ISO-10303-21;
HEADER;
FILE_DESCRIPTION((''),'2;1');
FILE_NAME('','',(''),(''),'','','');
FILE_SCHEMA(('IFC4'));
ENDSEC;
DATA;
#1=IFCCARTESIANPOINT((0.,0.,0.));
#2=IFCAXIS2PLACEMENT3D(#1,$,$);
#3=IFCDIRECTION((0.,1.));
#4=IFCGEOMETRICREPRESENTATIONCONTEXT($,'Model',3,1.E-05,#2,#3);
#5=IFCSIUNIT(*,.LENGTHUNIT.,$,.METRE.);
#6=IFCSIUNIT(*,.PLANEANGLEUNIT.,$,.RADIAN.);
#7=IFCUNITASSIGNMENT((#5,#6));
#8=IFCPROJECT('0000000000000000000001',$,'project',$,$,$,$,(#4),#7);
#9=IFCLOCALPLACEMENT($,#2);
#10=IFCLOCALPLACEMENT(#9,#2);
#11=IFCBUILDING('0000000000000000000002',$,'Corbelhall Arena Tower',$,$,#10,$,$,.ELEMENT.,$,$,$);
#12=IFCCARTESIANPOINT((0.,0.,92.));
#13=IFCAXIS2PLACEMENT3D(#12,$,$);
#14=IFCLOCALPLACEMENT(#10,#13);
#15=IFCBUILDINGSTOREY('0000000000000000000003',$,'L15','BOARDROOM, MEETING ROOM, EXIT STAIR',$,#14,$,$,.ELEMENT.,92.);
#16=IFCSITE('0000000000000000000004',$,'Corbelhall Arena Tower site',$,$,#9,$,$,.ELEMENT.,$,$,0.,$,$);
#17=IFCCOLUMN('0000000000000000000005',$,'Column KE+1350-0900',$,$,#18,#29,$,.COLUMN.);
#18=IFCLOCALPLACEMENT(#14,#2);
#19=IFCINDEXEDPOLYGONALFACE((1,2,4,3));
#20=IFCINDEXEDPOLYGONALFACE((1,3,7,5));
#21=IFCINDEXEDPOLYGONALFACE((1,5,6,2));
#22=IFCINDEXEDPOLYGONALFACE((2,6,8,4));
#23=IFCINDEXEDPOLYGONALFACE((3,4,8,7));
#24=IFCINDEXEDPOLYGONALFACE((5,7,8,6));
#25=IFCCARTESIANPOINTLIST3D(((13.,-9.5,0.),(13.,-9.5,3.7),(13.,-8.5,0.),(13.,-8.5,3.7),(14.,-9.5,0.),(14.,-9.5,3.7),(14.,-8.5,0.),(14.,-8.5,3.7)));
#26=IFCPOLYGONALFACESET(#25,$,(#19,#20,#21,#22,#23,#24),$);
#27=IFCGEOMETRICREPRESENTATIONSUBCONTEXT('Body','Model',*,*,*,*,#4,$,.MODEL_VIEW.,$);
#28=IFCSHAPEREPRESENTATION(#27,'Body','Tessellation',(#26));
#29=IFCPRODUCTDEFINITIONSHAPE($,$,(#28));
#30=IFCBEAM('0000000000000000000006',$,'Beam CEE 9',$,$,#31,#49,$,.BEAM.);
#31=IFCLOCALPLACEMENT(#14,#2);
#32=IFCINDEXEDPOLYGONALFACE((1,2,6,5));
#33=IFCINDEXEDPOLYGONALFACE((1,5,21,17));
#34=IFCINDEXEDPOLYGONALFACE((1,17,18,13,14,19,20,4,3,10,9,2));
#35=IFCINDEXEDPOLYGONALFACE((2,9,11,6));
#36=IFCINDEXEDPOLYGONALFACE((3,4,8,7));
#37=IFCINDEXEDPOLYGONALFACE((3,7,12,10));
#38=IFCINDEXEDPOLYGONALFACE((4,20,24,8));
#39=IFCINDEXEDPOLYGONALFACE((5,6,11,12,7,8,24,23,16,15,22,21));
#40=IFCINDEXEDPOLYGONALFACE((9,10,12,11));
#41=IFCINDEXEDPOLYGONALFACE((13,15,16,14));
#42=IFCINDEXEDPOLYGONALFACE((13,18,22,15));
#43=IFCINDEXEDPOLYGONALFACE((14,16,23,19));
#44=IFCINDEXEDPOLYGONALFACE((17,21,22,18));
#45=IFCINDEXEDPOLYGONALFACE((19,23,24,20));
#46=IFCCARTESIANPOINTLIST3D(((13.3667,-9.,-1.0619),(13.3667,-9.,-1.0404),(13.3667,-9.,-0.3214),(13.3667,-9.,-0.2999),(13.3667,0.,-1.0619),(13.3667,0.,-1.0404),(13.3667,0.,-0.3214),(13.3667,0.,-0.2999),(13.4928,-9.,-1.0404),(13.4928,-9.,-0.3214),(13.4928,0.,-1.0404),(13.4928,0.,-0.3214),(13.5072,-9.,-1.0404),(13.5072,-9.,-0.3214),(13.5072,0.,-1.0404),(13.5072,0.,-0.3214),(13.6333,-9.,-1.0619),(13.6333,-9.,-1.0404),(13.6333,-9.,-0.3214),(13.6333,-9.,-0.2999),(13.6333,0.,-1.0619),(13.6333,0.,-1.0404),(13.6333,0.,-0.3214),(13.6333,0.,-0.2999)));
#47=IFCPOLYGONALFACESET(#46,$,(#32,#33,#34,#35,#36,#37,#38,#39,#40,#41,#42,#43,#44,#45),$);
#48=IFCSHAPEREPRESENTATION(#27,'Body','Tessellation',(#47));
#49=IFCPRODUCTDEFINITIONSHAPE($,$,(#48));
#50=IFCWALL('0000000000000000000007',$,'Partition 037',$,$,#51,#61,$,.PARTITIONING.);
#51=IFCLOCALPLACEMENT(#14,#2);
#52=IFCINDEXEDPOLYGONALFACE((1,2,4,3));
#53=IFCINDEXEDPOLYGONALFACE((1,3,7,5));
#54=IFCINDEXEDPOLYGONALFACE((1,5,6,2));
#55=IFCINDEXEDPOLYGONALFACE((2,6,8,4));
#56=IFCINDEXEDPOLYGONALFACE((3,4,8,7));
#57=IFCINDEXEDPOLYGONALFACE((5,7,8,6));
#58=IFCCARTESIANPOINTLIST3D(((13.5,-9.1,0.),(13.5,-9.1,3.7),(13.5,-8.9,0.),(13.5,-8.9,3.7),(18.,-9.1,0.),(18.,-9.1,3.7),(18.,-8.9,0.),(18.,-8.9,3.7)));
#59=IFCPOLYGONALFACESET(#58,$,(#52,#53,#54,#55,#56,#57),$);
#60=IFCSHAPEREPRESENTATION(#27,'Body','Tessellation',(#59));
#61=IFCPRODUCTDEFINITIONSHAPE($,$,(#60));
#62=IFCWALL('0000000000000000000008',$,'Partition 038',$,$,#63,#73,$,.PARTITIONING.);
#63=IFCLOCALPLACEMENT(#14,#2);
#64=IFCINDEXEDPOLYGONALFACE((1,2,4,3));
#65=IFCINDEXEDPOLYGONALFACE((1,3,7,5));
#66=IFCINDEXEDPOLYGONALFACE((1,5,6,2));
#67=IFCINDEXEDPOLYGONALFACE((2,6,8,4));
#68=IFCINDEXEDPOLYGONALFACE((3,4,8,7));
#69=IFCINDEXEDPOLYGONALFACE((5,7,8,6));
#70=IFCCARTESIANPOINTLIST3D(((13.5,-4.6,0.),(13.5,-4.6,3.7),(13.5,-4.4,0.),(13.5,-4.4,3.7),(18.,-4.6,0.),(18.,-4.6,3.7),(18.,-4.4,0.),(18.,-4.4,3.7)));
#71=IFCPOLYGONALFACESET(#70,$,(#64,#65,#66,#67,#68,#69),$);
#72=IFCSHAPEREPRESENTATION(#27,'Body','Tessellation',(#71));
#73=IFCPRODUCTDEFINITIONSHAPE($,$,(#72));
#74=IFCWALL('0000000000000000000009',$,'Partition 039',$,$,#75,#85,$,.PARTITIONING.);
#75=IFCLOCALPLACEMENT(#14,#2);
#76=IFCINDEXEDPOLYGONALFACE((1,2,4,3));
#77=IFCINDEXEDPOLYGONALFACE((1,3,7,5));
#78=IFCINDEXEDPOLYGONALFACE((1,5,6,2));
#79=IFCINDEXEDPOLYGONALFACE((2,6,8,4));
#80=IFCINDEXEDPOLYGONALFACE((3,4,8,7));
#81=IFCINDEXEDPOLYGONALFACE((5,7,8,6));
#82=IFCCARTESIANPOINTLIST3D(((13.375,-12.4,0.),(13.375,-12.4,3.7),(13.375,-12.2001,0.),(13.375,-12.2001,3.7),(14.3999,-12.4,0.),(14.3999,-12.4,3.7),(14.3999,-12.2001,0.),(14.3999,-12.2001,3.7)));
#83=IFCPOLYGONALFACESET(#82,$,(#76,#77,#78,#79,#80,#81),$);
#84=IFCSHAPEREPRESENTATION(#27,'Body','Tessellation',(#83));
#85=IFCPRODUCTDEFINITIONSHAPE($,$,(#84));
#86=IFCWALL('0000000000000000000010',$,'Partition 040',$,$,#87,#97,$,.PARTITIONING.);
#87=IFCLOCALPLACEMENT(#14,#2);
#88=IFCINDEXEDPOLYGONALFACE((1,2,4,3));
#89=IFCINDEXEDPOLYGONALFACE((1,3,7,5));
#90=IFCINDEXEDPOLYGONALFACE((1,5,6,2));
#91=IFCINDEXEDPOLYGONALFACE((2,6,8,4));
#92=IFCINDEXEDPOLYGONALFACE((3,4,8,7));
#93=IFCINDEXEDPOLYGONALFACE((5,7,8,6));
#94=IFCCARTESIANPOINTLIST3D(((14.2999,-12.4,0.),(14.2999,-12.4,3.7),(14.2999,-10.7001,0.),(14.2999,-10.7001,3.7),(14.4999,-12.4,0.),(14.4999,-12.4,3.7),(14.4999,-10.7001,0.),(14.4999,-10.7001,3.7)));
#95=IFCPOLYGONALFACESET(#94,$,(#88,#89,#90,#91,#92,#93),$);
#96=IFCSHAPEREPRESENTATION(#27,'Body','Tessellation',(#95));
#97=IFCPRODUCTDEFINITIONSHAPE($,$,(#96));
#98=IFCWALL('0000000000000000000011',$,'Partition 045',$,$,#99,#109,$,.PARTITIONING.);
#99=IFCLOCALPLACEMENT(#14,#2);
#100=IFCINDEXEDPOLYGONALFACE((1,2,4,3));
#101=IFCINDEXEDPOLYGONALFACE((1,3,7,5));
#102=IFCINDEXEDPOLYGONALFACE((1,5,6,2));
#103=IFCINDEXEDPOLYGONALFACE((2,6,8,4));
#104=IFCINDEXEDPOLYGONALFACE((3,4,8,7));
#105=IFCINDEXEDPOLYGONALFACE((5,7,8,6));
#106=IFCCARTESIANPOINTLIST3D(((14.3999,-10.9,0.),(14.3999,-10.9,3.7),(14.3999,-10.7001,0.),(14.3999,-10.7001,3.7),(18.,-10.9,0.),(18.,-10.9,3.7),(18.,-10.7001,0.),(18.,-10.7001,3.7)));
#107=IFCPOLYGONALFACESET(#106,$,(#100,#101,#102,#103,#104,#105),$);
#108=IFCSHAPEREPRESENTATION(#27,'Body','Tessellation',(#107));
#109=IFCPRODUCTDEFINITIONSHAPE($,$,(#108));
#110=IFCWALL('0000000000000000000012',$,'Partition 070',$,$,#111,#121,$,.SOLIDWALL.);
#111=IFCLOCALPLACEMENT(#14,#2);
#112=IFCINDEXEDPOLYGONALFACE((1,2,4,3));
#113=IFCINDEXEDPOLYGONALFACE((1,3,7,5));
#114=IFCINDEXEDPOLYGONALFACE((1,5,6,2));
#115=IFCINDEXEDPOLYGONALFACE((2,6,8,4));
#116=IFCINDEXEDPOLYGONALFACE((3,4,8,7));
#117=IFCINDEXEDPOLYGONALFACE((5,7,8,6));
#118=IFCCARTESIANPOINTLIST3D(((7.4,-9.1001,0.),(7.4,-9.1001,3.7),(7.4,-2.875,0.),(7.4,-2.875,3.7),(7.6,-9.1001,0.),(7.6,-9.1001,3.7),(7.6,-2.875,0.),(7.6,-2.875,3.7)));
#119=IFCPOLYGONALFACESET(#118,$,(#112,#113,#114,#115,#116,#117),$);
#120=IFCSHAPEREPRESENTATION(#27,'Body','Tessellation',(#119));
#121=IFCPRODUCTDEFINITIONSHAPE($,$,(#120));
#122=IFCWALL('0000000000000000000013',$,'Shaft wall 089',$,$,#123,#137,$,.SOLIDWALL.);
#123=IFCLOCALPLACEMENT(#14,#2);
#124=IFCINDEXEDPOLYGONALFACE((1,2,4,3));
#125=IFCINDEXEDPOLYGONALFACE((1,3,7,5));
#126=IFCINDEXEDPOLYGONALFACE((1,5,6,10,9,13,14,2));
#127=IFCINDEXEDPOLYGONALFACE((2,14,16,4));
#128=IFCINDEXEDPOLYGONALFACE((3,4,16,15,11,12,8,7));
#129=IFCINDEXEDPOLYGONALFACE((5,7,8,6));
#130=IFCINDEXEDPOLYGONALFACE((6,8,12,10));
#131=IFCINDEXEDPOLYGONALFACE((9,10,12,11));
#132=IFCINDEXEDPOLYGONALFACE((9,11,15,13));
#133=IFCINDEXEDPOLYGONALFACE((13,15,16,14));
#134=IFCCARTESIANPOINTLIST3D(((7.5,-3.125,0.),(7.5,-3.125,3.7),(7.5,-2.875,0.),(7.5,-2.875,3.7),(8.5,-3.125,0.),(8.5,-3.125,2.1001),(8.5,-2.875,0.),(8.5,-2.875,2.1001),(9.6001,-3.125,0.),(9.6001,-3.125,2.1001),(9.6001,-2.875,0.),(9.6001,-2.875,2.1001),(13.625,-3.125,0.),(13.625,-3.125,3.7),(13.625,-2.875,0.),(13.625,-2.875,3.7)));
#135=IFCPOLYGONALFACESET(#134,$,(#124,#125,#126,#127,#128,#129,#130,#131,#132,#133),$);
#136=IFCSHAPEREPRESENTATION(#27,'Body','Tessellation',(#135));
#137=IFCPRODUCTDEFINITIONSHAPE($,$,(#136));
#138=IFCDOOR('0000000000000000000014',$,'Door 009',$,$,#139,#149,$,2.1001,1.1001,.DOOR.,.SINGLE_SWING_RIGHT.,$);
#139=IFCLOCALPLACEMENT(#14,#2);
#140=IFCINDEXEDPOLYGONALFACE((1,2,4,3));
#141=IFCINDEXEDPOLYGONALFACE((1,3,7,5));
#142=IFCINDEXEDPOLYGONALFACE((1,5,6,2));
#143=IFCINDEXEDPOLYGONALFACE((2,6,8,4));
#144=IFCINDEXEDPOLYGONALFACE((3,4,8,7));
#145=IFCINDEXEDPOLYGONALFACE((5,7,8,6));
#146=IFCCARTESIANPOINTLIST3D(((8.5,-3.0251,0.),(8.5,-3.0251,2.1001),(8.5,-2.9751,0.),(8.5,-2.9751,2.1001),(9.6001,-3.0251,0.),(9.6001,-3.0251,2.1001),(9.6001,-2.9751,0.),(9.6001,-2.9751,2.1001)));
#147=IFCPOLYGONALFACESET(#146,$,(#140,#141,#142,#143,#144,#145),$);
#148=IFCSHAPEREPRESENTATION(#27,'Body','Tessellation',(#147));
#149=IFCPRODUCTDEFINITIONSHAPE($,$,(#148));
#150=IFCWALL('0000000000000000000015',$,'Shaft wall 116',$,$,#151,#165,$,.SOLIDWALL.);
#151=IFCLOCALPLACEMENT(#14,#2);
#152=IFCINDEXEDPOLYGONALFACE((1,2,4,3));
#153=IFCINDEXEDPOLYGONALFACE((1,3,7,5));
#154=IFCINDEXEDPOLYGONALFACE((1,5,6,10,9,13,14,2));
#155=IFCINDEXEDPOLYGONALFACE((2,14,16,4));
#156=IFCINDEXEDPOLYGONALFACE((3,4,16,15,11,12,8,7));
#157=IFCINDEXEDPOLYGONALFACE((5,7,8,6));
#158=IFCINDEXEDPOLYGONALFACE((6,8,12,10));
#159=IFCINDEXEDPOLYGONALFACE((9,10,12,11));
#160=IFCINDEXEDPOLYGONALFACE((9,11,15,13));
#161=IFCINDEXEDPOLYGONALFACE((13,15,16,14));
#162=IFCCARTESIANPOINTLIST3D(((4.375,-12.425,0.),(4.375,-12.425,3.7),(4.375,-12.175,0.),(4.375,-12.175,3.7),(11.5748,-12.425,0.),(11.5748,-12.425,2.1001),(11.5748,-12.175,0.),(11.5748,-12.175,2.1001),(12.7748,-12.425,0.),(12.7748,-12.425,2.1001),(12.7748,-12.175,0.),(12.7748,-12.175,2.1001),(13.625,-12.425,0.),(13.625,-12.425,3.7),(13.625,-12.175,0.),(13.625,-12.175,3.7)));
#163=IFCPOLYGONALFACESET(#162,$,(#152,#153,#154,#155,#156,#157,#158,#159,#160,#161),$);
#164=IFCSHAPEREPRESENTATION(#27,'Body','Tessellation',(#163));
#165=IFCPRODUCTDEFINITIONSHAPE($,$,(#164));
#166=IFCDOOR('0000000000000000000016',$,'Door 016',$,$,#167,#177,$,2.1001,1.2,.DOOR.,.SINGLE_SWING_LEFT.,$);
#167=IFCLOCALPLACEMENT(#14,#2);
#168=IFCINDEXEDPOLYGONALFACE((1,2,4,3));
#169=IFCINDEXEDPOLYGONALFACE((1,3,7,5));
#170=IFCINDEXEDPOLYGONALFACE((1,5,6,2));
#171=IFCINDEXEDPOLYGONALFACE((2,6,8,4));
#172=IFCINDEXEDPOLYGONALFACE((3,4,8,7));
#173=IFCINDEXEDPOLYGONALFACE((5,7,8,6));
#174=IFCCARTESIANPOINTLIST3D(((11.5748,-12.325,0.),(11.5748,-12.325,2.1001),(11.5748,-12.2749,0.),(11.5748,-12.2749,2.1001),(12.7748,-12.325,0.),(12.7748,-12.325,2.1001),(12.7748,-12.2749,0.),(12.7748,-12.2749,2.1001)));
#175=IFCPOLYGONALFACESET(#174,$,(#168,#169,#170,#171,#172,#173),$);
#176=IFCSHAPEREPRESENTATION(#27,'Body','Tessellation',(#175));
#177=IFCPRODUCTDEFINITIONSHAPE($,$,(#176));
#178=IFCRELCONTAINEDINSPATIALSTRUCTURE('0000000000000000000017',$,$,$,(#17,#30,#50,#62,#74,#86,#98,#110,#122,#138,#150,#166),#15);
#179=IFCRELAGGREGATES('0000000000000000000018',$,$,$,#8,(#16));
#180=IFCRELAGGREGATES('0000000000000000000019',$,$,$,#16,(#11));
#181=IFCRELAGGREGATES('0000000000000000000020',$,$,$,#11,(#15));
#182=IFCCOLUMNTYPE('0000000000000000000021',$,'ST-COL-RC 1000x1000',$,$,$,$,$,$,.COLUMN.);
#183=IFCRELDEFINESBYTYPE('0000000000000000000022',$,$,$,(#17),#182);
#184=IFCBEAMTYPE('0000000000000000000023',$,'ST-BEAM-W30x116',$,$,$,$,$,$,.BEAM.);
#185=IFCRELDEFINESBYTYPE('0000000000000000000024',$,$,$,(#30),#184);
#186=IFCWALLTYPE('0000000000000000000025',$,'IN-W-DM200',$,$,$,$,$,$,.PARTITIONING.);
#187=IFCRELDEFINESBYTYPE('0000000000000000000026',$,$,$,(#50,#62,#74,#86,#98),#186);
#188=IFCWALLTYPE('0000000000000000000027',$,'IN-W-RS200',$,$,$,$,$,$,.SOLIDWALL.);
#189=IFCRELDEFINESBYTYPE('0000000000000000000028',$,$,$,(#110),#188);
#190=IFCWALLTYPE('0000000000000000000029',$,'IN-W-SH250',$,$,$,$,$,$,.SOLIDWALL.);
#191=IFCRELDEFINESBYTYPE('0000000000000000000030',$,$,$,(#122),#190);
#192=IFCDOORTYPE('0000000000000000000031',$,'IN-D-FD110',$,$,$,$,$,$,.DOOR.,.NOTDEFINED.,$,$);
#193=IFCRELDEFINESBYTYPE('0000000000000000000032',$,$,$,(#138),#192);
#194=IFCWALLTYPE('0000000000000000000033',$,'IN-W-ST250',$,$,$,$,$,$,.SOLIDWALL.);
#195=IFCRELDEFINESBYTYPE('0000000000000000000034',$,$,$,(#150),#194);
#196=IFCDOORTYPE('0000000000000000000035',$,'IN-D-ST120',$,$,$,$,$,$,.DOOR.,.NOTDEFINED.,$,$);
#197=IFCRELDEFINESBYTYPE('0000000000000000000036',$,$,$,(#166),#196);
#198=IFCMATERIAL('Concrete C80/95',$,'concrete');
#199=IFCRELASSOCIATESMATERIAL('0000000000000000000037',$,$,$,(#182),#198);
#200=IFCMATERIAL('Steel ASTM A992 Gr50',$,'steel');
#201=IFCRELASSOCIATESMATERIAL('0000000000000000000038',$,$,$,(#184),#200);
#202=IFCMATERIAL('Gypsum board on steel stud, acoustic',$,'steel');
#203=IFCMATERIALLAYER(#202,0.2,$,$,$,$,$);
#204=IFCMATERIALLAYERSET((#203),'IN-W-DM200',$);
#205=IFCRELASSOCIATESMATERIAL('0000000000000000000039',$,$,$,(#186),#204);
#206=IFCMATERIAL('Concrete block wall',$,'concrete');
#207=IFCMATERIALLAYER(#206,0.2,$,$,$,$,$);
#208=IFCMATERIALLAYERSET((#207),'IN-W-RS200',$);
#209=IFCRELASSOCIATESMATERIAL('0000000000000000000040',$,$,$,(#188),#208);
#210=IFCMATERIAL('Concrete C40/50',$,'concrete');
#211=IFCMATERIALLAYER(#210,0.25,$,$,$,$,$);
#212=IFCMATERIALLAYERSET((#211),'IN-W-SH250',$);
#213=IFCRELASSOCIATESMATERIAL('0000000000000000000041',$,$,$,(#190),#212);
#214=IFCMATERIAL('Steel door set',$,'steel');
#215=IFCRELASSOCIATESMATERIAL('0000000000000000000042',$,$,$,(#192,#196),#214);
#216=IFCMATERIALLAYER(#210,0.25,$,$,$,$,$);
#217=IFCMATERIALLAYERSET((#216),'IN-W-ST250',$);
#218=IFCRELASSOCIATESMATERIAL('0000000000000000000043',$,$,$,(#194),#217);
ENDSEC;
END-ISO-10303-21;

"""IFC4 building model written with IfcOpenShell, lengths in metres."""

from ifc_helpers import new_model, si_unit, direction, frame, frame_2d, origin, origin_2d, place, context, subcontext, project, spatial, rectangle, i_section, extrude, material, layer, layer_set, material_profile, profile_set, type_object, element, fill, save


model = new_model("IFC4")

# Units and contexts
model_context = context("Model", 3, precision=1e-05, world=origin(), true_north=direction((0.0, 1.0)))
body_context = subcontext(model_context, "Body", "Model", "MODEL_VIEW")
ifc_project = project(units=[si_unit("LENGTHUNIT", "METRE"), si_unit("PLANEANGLEUNIT", "RADIAN")], contexts=[model_context])

# Site, building, storey
site_placement = place(None, origin())
site = spatial("IfcSite", under=ifc_project, at=site_placement, Name="Corbelhall Arena Tower site", CompositionType="ELEMENT", RefElevation=0.0)
building_placement = place(site_placement, origin())
building = spatial("IfcBuilding", under=site, at=building_placement, Name="Corbelhall Arena Tower", CompositionType="ELEMENT")
storey_placement = place(building_placement, frame((0.0, 0.0, 92.0)))
storey = spatial("IfcBuildingStorey", under=building, at=storey_placement, Name="L15", Description="BOARDROOM, MEETING ROOM, EXIT STAIR", CompositionType="ELEMENT", Elevation=92.0)

# Column
ifc_material_1 = material(Name="Concrete C80/95", Category="concrete")
ifc_material_profile_1 = material_profile(ifc_material_1, rectangle(XDim=1.0, YDim=1.0, at=origin_2d()))
ifc_profile_set_1 = profile_set([ifc_material_profile_1], Name="Concrete C80/95")
column_type = type_object("IfcColumnType", Name="ST-COL-RC 1000x1000", PredefinedType="COLUMN", material=ifc_profile_set_1)
column_placement = place(storey_placement, frame((13.5, -9.0, 0.0), z_axis=(0.0, 0.0, 1.0), x_axis=(1.0, 0.0, 0.0)))
element("IfcColumn", 1, at=column_placement, inside=storey, type_object=column_type, Name="Column KE+1350-0900", PredefinedType="COLUMN", context=body_context, shape_type="SweptSolid", body=[
    extrude(rectangle(XDim=1.0, YDim=1.0, at=origin_2d()), origin(), (0.0, 0.0, 1.0), 3.7),
])

# Beam
ifc_material_2 = material(Name="Steel ASTM A992 Gr50", Category="steel")
ifc_material_profile_2 = material_profile(ifc_material_2, i_section(OverallWidth=0.2666, OverallDepth=0.762, WebThickness=0.0144, FlangeThickness=0.0215, at=origin_2d()))
ifc_profile_set_2 = profile_set([ifc_material_profile_2], Name="Steel ASTM A992 Gr50")
beam_type = type_object("IfcBeamType", Name="ST-BEAM-W30x116", PredefinedType="BEAM", material=ifc_profile_set_2)
beam_placement = place(storey_placement, frame((13.5, -9.0, -0.6809), z_axis=(0.0, 1.0, 0.0), x_axis=(-1.0, 0.0, 0.0)))
element("IfcBeam", 2, at=beam_placement, inside=storey, type_object=beam_type, Name="Beam CEE 9", PredefinedType="BEAM", context=body_context, shape_type="SweptSolid", body=[
    extrude(i_section(OverallWidth=0.2666, OverallDepth=0.762, WebThickness=0.0144, FlangeThickness=0.0215, at=origin_2d()), origin(), (0.0, 0.0, 1.0), 9.0),
])

# Walls
ifc_material_3 = material(Name="Gypsum board on steel stud, acoustic", Category="steel")
ifc_layer_1 = layer(ifc_material_3, 0.2)
ifc_layer_set_1 = layer_set([ifc_layer_1], Name="IN-W-DM200")
wall_type_1 = type_object("IfcWallType", Name="IN-W-DM200", PredefinedType="PARTITIONING", material=ifc_layer_set_1)
for number, where, z_axis, x_axis, name in (
    (3, (13.5, -9.0, 0.0), (0.0, 0.0, 1.0), (1.0, 0.0, 0.0), "Partition 037"),
    (4, (13.5, -4.5, 0.0), (0.0, 0.0, 1.0), (1.0, 0.0, 0.0), "Partition 038"),
):
    element("IfcWall", number, at=place(storey_placement, frame(where, z_axis=z_axis, x_axis=x_axis)), inside=storey, type_object=wall_type_1, Name=name, PredefinedType="PARTITIONING", context=body_context, shape_type="SweptSolid", body=[
        extrude(rectangle(XDim=4.5, YDim=0.2, at=frame_2d((2.25, 0.0))), origin(), (0.0, 0.0, 1.0), 3.7),
    ])
wall_1_placement = place(storey_placement, frame((14.3999, -12.3, 0.0), z_axis=(0.0, 0.0, 1.0), x_axis=(-1.0, 0.0, 0.0)))
element("IfcWall", 5, at=wall_1_placement, inside=storey, type_object=wall_type_1, Name="Partition 039", PredefinedType="PARTITIONING", context=body_context, shape_type="SweptSolid", body=[
    extrude(rectangle(XDim=1.0249, YDim=0.2, at=frame_2d((0.5125, 0.0))), origin(), (0.0, 0.0, 1.0), 3.7),
])
wall_2_placement = place(storey_placement, frame((14.3999, -10.7, 0.0), z_axis=(0.0, 0.0, 1.0), x_axis=(0.0, -1.0, 0.0)))
element("IfcWall", 6, at=wall_2_placement, inside=storey, type_object=wall_type_1, Name="Partition 040", PredefinedType="PARTITIONING", context=body_context, shape_type="SweptSolid", body=[
    extrude(rectangle(XDim=1.7, YDim=0.2, at=frame_2d((0.8501, 0.0))), origin(), (0.0, 0.0, 1.0), 3.7),
])
wall_3_placement = place(storey_placement, frame((18.0, -10.8, 0.0), z_axis=(0.0, 0.0, 1.0), x_axis=(-1.0, 0.0, 0.0)))
element("IfcWall", 7, at=wall_3_placement, inside=storey, type_object=wall_type_1, Name="Partition 045", PredefinedType="PARTITIONING", context=body_context, shape_type="SweptSolid", body=[
    extrude(rectangle(XDim=3.6001, YDim=0.2, at=frame_2d((1.8, 0.0))), origin(), (0.0, 0.0, 1.0), 3.7),
])

# Shared definitions
ifc_material_4 = material(Name="Steel door set", Category="steel")

# Wall
ifc_material_5 = material(Name="Concrete block wall", Category="concrete")
ifc_layer_2 = layer(ifc_material_5, 0.2)
ifc_layer_set_2 = layer_set([ifc_layer_2], Name="IN-W-RS200")
wall_type_2 = type_object("IfcWallType", Name="IN-W-RS200", PredefinedType="SOLIDWALL", material=ifc_layer_set_2)
wall_4_placement = place(storey_placement, frame((7.5, -2.875, 0.0), z_axis=(0.0, 0.0, 1.0), x_axis=(0.0, -1.0, 0.0)))
element("IfcWall", 8, at=wall_4_placement, inside=storey, type_object=wall_type_2, Name="Partition 070", PredefinedType="SOLIDWALL", context=body_context, shape_type="SweptSolid", body=[
    extrude(rectangle(XDim=6.2251, YDim=0.2, at=frame_2d((3.1125, 0.0))), origin(), (0.0, 0.0, 1.0), 3.7),
])

# Walls, openings, doors
ifc_material_6 = material(Name="Concrete C40/50", Category="concrete")
ifc_layer_3 = layer(ifc_material_6, 0.25)
ifc_layer_set_3 = layer_set([ifc_layer_3], Name="IN-W-SH250")
wall_type_3 = type_object("IfcWallType", Name="IN-W-SH250", PredefinedType="SOLIDWALL", material=ifc_layer_set_3)
wall_5_placement = place(storey_placement, frame((7.5, -3.0, 0.0), z_axis=(0.0, 0.0, 1.0), x_axis=(1.0, 0.0, 0.0)))
wall_5 = element("IfcWall", 9, at=wall_5_placement, inside=storey, type_object=wall_type_3, Name="Shaft wall 089", PredefinedType="SOLIDWALL", context=body_context, shape_type="SweptSolid", body=[
    extrude(rectangle(XDim=6.125, YDim=0.25, at=frame_2d((3.0625, 0.0))), origin(), (0.0, 0.0, 1.0), 3.7),
])
opening_1_placement = place(wall_5_placement, frame((1.0, 0.0, 0.0)))
opening_1 = element("IfcOpeningElement", 10, at=opening_1_placement, cuts=wall_5, PredefinedType="OPENING", context=body_context, shape_type="SweptSolid", body=[
    extrude(rectangle(XDim=1.1001, YDim=2.1001, at=frame_2d((0.55, 1.05))), frame((0.0, 0.125, 0.0), z_axis=(0.0, -1.0, 0.0), x_axis=(1.0, 0.0, 0.0)), (0.0, 0.0, 1.0), 0.25),
])
door_type_1 = type_object("IfcDoorType", Name="IN-D-FD110", OperationType="NOTDEFINED", PredefinedType="DOOR", material=ifc_material_4)
door_1_placement = place(opening_1_placement, origin())
door_1 = element("IfcDoor", 11, at=door_1_placement, inside=storey, type_object=door_type_1, Name="Door 009", OperationType="SINGLE_SWING_RIGHT", OverallHeight=2.1001, OverallWidth=1.1001, PredefinedType="DOOR", context=body_context, shape_type="SweptSolid", body=[
    extrude(rectangle(XDim=1.1001, YDim=2.1001, at=frame_2d((0.55, 1.05))), frame((0.0, 0.0249, 0.0), z_axis=(0.0, -1.0, 0.0), x_axis=(1.0, 0.0, 0.0)), (0.0, 0.0, 1.0), 0.05),
])
fill(opening_1, door_1)
ifc_layer_4 = layer(ifc_material_6, 0.25)
ifc_layer_set_4 = layer_set([ifc_layer_4], Name="IN-W-ST250")
wall_type_4 = type_object("IfcWallType", Name="IN-W-ST250", PredefinedType="SOLIDWALL", material=ifc_layer_set_4)
wall_6_placement = place(storey_placement, frame((13.625, -12.3, 0.0), z_axis=(0.0, 0.0, 1.0), x_axis=(-1.0, 0.0, 0.0)))
wall_6 = element("IfcWall", 12, at=wall_6_placement, inside=storey, type_object=wall_type_4, Name="Shaft wall 116", PredefinedType="SOLIDWALL", context=body_context, shape_type="SweptSolid", body=[
    extrude(rectangle(XDim=9.25, YDim=0.25, at=frame_2d((4.625, 0.0))), origin(), (0.0, 0.0, 1.0), 3.7),
])
opening_2_placement = place(wall_6_placement, frame((0.8501, 0.0, 0.0)))
opening_2 = element("IfcOpeningElement", 13, at=opening_2_placement, cuts=wall_6, PredefinedType="OPENING", context=body_context, shape_type="SweptSolid", body=[
    extrude(rectangle(XDim=1.2, YDim=2.1001, at=frame_2d((0.6001, 1.05))), frame((0.0, 0.125, 0.0), z_axis=(0.0, -1.0, 0.0), x_axis=(1.0, 0.0, 0.0)), (0.0, 0.0, 1.0), 0.25),
])
door_type_2 = type_object("IfcDoorType", Name="IN-D-ST120", OperationType="NOTDEFINED", PredefinedType="DOOR", material=ifc_material_4)
door_2_placement = place(opening_2_placement, origin())
door_2 = element("IfcDoor", 14, at=door_2_placement, inside=storey, type_object=door_type_2, Name="Door 016", OperationType="SINGLE_SWING_LEFT", OverallHeight=2.1001, OverallWidth=1.2, PredefinedType="DOOR", context=body_context, shape_type="SweptSolid", body=[
    extrude(rectangle(XDim=1.2, YDim=2.1001, at=frame_2d((0.6001, 1.05))), frame((0.0, 0.0249, 0.0), z_axis=(0.0, -1.0, 0.0), x_axis=(1.0, 0.0, 0.0)), (0.0, 0.0, 1.0), 0.05),
])
fill(opening_2, door_2)

save(model, "model.ifc")
